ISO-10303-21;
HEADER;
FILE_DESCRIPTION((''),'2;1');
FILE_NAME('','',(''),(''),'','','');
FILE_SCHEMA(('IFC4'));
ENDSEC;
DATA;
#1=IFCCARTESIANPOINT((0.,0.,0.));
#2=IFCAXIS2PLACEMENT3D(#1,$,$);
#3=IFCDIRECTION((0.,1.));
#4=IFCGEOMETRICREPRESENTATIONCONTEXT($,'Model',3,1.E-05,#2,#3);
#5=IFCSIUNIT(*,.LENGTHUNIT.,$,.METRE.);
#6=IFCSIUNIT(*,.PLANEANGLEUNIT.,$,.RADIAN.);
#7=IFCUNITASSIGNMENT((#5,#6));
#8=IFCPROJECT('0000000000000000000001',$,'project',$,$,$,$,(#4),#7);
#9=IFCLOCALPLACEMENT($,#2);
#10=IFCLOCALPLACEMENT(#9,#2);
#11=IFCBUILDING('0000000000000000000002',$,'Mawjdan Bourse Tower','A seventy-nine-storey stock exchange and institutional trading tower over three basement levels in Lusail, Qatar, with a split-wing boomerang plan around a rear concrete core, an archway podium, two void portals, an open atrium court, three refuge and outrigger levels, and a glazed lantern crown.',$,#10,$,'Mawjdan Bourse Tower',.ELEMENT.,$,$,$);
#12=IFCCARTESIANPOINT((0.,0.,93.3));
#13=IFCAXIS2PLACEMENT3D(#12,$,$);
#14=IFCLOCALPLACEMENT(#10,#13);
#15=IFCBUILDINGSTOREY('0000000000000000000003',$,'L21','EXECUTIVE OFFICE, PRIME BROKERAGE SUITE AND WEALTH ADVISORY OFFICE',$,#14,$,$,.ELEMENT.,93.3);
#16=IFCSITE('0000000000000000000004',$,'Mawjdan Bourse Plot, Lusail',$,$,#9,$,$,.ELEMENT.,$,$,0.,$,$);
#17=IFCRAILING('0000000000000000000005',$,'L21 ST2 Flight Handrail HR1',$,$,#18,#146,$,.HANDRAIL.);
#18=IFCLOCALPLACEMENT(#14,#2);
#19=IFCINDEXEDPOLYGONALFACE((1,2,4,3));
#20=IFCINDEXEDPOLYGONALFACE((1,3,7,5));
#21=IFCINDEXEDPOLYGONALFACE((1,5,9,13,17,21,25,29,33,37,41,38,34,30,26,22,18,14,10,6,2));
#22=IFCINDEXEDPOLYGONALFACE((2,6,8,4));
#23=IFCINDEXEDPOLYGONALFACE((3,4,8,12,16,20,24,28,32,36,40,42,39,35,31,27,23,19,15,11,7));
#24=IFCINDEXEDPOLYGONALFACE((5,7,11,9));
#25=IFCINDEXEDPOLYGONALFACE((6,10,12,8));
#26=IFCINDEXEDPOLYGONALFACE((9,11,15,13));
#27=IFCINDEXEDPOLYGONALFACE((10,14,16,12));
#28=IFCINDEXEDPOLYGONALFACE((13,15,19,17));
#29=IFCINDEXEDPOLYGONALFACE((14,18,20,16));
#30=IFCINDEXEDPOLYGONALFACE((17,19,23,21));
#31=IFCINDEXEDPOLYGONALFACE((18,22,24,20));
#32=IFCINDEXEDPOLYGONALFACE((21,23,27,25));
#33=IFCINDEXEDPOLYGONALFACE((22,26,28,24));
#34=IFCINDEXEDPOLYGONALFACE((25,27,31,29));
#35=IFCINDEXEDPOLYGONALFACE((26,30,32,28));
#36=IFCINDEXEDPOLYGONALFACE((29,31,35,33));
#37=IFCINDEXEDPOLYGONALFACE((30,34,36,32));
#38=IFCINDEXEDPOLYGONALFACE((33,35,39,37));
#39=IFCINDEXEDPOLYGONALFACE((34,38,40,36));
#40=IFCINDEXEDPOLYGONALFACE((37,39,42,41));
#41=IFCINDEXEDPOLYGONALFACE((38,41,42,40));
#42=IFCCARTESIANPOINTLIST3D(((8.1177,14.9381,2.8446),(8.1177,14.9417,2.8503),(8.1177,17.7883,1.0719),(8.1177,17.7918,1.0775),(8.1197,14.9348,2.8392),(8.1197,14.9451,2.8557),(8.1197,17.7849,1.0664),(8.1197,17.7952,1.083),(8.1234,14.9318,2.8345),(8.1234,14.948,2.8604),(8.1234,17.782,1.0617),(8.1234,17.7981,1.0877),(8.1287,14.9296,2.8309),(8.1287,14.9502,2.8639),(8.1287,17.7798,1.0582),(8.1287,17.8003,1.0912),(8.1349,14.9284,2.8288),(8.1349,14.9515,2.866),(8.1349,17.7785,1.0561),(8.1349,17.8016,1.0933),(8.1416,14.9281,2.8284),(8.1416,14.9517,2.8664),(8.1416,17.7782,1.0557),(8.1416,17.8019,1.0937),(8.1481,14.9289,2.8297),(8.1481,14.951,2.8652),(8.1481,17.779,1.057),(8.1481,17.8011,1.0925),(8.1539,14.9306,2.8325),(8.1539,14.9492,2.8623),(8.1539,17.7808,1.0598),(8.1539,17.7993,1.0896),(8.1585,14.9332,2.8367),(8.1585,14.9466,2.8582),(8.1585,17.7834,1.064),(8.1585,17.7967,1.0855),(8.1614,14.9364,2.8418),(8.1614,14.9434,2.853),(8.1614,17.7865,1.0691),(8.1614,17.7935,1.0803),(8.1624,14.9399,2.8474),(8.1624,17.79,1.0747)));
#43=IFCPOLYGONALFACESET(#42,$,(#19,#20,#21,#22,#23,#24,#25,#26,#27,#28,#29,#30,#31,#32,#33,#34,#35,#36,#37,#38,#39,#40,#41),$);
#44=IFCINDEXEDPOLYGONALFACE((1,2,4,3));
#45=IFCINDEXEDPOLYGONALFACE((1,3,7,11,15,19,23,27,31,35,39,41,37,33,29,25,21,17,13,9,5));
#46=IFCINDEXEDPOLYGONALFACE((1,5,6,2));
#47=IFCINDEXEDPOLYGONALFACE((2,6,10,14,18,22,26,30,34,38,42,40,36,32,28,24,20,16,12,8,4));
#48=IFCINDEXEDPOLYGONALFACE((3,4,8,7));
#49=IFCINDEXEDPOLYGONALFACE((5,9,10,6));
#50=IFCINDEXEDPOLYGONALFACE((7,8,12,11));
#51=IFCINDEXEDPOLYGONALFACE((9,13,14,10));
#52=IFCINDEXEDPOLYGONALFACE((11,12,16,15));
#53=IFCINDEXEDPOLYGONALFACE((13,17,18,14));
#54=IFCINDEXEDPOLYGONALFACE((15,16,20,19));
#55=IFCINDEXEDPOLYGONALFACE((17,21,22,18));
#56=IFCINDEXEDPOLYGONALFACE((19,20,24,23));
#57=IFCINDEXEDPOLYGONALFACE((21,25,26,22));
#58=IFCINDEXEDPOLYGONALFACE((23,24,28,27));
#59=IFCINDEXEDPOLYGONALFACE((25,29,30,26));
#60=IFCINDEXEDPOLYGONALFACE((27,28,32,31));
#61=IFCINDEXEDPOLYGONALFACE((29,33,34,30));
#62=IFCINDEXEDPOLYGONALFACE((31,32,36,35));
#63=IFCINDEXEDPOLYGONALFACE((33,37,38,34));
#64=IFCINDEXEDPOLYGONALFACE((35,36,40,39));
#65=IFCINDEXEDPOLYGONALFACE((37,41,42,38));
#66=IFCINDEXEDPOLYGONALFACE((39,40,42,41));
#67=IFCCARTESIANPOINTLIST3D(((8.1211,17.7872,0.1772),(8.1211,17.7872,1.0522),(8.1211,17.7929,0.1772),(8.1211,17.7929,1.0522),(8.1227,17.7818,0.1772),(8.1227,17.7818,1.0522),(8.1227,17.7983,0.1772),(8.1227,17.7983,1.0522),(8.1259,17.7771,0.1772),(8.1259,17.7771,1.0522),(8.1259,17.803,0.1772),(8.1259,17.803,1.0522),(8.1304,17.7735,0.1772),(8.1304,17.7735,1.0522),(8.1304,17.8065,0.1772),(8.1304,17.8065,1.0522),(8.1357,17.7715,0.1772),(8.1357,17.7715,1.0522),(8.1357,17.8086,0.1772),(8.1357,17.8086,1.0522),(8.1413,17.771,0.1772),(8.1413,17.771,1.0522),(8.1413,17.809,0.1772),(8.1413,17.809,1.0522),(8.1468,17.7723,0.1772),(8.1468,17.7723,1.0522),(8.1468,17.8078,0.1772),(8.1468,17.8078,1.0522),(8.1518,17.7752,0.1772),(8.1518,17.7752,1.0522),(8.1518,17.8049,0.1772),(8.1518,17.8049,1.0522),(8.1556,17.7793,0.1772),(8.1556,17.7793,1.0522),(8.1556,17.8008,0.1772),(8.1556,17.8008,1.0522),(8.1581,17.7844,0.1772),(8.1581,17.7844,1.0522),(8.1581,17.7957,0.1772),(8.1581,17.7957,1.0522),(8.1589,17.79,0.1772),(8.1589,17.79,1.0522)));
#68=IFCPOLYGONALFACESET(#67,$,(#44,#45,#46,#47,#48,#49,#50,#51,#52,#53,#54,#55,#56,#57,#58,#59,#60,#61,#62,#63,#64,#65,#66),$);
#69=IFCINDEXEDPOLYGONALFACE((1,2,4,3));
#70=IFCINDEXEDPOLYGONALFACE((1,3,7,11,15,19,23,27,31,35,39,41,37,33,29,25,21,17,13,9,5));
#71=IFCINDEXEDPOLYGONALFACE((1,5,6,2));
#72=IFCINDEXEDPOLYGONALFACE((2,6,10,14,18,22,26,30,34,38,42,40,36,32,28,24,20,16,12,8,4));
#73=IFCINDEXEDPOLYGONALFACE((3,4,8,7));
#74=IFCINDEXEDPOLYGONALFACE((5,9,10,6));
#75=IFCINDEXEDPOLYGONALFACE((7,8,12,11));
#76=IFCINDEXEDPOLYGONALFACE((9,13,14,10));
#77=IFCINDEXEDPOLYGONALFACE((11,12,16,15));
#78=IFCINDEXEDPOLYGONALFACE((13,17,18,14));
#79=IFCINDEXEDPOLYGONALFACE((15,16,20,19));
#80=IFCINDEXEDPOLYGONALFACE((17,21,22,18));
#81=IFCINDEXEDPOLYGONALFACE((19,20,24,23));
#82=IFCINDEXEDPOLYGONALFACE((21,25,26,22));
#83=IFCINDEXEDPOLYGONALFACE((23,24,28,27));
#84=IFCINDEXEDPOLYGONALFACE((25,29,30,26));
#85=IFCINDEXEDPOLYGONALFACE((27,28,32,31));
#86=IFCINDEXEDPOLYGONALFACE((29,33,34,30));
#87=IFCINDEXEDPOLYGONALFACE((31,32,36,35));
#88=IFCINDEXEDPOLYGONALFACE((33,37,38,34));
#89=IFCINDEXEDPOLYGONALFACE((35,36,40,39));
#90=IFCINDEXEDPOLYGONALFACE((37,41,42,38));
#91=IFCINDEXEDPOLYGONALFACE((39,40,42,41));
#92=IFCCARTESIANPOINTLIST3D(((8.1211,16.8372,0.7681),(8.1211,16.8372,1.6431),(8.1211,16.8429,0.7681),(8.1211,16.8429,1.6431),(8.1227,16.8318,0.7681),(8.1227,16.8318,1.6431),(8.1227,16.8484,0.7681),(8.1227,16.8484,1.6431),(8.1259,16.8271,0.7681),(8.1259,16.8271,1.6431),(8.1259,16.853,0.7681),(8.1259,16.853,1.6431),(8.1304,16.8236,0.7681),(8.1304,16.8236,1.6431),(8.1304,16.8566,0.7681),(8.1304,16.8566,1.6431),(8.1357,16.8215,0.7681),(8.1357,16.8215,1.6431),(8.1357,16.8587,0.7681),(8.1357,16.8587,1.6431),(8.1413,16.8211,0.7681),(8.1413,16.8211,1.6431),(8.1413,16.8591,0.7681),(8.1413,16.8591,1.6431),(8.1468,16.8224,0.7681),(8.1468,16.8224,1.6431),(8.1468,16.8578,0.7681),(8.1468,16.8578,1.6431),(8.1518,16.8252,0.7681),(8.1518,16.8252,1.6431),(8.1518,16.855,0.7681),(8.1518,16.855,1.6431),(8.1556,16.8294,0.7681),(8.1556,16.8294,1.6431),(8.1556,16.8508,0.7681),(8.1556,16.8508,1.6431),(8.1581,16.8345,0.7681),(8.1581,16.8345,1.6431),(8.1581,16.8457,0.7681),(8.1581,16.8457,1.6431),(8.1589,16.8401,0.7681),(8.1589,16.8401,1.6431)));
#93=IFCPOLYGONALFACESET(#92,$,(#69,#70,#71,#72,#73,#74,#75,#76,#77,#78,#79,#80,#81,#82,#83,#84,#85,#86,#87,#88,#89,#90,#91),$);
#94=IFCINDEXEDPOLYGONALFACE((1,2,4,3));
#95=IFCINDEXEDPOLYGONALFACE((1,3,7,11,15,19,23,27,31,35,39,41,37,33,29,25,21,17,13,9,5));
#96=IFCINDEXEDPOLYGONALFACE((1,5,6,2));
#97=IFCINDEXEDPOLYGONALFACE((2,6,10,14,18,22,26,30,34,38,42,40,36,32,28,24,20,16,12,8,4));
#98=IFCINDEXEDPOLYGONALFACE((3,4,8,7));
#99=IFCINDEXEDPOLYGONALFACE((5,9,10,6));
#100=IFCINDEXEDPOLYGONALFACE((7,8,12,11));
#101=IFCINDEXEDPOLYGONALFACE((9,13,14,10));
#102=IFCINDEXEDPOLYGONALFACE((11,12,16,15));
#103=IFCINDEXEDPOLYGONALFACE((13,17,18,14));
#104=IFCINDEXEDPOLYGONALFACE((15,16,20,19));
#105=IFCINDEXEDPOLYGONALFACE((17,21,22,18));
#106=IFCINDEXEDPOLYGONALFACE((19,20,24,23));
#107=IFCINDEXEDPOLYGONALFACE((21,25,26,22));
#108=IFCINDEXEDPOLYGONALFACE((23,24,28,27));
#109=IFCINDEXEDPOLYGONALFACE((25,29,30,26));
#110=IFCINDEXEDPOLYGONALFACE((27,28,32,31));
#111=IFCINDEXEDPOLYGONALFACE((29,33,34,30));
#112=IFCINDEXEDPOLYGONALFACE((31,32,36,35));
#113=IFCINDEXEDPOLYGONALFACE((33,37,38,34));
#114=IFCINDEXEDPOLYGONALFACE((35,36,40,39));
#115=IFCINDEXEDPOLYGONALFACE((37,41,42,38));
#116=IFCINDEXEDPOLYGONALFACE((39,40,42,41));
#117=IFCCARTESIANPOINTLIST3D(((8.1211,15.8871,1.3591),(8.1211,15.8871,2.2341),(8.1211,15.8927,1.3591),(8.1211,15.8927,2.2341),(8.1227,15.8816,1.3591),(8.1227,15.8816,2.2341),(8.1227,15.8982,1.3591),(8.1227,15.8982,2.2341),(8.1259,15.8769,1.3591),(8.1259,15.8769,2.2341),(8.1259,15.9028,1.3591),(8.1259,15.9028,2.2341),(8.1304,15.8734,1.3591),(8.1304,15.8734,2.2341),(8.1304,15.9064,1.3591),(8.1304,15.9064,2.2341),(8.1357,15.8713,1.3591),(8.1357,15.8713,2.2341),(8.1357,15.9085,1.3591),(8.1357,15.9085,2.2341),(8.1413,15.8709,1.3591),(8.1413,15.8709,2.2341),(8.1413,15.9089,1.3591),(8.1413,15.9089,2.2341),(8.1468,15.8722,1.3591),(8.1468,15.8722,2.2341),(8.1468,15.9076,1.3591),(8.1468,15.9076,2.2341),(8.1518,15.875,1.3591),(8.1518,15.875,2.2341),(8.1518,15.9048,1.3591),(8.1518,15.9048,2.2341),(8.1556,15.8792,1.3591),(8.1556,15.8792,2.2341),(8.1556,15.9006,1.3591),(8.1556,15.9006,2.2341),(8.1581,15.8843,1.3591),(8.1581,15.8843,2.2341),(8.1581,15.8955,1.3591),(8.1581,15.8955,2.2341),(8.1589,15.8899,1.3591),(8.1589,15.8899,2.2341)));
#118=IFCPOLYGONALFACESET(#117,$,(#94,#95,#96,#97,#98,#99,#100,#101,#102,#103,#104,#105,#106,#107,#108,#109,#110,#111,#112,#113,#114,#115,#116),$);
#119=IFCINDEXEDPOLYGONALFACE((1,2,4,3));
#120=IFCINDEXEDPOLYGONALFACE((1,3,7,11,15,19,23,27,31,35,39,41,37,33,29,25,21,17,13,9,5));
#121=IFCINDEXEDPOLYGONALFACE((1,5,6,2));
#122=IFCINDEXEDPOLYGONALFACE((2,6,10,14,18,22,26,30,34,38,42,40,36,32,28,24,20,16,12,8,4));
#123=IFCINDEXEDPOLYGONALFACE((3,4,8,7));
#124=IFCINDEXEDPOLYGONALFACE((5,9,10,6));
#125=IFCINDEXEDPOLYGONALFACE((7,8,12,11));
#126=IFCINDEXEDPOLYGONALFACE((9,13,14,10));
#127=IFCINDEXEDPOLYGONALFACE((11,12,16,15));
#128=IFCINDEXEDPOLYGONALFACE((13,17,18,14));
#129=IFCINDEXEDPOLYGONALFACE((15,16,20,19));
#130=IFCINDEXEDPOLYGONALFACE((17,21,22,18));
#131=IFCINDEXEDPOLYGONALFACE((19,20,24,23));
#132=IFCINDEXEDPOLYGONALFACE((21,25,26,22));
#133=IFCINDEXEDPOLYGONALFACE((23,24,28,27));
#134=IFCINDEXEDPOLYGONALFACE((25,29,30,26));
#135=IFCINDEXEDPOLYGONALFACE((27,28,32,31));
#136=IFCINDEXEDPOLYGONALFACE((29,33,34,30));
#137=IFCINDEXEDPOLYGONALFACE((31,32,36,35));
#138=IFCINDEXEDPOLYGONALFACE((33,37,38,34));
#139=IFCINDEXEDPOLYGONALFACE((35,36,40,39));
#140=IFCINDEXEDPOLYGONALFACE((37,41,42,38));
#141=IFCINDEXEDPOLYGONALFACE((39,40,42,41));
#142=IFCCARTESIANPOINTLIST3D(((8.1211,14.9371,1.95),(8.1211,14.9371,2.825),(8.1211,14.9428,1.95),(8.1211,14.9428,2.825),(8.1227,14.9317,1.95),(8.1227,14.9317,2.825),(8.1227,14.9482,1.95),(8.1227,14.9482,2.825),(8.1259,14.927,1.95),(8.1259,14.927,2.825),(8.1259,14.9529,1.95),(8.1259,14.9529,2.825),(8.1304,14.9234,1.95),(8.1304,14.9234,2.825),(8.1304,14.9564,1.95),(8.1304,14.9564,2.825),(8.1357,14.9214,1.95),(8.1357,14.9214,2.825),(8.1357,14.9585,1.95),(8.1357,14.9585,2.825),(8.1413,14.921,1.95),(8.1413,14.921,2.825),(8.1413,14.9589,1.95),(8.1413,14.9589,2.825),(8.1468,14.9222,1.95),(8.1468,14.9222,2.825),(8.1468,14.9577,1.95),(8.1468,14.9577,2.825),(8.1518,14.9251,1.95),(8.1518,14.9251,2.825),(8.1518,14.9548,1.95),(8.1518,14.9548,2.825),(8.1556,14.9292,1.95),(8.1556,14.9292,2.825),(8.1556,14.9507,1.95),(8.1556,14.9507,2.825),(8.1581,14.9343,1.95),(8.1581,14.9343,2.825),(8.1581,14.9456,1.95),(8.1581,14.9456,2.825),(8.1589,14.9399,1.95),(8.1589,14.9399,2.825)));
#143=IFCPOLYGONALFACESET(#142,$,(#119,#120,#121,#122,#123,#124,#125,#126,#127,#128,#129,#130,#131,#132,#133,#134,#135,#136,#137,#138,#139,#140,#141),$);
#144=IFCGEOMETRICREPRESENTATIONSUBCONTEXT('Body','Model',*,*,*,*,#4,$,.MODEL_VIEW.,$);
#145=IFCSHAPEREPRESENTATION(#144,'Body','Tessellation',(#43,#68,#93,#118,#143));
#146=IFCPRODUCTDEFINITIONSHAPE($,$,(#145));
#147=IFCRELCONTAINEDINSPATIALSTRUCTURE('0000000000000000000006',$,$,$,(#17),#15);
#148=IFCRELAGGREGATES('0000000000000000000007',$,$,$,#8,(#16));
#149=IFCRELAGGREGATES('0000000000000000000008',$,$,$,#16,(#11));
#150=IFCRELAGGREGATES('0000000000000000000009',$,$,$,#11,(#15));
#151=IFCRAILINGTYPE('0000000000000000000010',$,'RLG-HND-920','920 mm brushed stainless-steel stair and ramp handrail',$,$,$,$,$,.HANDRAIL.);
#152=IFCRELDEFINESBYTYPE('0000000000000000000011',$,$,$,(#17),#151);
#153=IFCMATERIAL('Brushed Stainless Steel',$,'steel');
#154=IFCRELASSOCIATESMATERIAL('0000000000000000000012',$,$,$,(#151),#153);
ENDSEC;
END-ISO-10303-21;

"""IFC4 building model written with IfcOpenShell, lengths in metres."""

from ifc_helpers import new_model, si_unit, direction, frame, origin, origin_2d, place, context, subcontext, project, spatial, circle, extrude, material, type_object, element, save


model = new_model("IFC4")

# Units and contexts
model_context = context("Model", 3, precision=1e-05, world=origin(), true_north=direction((0.0, 1.0)))
body_context = subcontext(model_context, "Body", "Model", "MODEL_VIEW")
ifc_project = project(units=[si_unit("LENGTHUNIT", "METRE"), si_unit("PLANEANGLEUNIT", "RADIAN")], contexts=[model_context])

# Site, building, storey
site_placement = place(None, origin())
site = spatial("IfcSite", under=ifc_project, at=site_placement, Name="Mawjdan Bourse Plot, Lusail", CompositionType="ELEMENT", RefElevation=0.0)
building_placement = place(site_placement, origin())
building = spatial("IfcBuilding", under=site, at=building_placement, Name="Mawjdan Bourse Tower", Description="A seventy-nine-storey stock exchange and institutional trading tower over three basement levels in Lusail, Qatar, with a split-wing boomerang plan around a rear concrete core, an archway podium, two void portals, an open atrium court, three refuge and outrigger levels, and a glazed lantern crown.", LongName="Mawjdan Bourse Tower", CompositionType="ELEMENT")
storey_placement = place(building_placement, frame((0.0, 0.0, 93.3)))
storey = spatial("IfcBuildingStorey", under=building, at=storey_placement, Name="L21", Description="EXECUTIVE OFFICE, PRIME BROKERAGE SUITE AND WEALTH ADVISORY OFFICE", CompositionType="ELEMENT", Elevation=93.3)

# Railing
ifc_material_1 = material(Name="Brushed Stainless Steel", Category="steel")
railing_type_1 = type_object("IfcRailingType", Name="RLG-HND-920", Description="920 mm brushed stainless-steel stair and ramp handrail", PredefinedType="HANDRAIL", material=ifc_material_1)
railing_1_placement = place(storey_placement, frame((8.1399, 17.79, 0.1772)))
element("IfcRailing", 1, at=railing_1_placement, inside=storey, type_object=railing_type_1, Name="L21 ST2 Flight Handrail HR1", PredefinedType="HANDRAIL", context=body_context, shape_type="SweptSolid", body=[
    extrude(circle(Radius=0.0225, at=origin_2d()), frame((0.0, 0.0, 0.8975), z_axis=(0.0, -0.849149, 0.528154), x_axis=(1.0, 0.0, 0.0)), (0.0, 0.0, 1.0), 3.3564),
    extrude(circle(Radius=0.019, at=origin_2d()), origin(), (0.0, 0.0, 1.0), 0.875),
    extrude(circle(Radius=0.019, at=origin_2d()), frame((0.0, -0.95, 0.5908)), (0.0, 0.0, 1.0), 0.875),
    extrude(circle(Radius=0.019, at=origin_2d()), frame((0.0, -1.9001, 1.1819)), (0.0, 0.0, 1.0), 0.875),
    extrude(circle(Radius=0.019, at=origin_2d()), frame((0.0, -2.8501, 1.7727)), (0.0, 0.0, 1.0), 0.875),
])

save(model, "model.ifc")
